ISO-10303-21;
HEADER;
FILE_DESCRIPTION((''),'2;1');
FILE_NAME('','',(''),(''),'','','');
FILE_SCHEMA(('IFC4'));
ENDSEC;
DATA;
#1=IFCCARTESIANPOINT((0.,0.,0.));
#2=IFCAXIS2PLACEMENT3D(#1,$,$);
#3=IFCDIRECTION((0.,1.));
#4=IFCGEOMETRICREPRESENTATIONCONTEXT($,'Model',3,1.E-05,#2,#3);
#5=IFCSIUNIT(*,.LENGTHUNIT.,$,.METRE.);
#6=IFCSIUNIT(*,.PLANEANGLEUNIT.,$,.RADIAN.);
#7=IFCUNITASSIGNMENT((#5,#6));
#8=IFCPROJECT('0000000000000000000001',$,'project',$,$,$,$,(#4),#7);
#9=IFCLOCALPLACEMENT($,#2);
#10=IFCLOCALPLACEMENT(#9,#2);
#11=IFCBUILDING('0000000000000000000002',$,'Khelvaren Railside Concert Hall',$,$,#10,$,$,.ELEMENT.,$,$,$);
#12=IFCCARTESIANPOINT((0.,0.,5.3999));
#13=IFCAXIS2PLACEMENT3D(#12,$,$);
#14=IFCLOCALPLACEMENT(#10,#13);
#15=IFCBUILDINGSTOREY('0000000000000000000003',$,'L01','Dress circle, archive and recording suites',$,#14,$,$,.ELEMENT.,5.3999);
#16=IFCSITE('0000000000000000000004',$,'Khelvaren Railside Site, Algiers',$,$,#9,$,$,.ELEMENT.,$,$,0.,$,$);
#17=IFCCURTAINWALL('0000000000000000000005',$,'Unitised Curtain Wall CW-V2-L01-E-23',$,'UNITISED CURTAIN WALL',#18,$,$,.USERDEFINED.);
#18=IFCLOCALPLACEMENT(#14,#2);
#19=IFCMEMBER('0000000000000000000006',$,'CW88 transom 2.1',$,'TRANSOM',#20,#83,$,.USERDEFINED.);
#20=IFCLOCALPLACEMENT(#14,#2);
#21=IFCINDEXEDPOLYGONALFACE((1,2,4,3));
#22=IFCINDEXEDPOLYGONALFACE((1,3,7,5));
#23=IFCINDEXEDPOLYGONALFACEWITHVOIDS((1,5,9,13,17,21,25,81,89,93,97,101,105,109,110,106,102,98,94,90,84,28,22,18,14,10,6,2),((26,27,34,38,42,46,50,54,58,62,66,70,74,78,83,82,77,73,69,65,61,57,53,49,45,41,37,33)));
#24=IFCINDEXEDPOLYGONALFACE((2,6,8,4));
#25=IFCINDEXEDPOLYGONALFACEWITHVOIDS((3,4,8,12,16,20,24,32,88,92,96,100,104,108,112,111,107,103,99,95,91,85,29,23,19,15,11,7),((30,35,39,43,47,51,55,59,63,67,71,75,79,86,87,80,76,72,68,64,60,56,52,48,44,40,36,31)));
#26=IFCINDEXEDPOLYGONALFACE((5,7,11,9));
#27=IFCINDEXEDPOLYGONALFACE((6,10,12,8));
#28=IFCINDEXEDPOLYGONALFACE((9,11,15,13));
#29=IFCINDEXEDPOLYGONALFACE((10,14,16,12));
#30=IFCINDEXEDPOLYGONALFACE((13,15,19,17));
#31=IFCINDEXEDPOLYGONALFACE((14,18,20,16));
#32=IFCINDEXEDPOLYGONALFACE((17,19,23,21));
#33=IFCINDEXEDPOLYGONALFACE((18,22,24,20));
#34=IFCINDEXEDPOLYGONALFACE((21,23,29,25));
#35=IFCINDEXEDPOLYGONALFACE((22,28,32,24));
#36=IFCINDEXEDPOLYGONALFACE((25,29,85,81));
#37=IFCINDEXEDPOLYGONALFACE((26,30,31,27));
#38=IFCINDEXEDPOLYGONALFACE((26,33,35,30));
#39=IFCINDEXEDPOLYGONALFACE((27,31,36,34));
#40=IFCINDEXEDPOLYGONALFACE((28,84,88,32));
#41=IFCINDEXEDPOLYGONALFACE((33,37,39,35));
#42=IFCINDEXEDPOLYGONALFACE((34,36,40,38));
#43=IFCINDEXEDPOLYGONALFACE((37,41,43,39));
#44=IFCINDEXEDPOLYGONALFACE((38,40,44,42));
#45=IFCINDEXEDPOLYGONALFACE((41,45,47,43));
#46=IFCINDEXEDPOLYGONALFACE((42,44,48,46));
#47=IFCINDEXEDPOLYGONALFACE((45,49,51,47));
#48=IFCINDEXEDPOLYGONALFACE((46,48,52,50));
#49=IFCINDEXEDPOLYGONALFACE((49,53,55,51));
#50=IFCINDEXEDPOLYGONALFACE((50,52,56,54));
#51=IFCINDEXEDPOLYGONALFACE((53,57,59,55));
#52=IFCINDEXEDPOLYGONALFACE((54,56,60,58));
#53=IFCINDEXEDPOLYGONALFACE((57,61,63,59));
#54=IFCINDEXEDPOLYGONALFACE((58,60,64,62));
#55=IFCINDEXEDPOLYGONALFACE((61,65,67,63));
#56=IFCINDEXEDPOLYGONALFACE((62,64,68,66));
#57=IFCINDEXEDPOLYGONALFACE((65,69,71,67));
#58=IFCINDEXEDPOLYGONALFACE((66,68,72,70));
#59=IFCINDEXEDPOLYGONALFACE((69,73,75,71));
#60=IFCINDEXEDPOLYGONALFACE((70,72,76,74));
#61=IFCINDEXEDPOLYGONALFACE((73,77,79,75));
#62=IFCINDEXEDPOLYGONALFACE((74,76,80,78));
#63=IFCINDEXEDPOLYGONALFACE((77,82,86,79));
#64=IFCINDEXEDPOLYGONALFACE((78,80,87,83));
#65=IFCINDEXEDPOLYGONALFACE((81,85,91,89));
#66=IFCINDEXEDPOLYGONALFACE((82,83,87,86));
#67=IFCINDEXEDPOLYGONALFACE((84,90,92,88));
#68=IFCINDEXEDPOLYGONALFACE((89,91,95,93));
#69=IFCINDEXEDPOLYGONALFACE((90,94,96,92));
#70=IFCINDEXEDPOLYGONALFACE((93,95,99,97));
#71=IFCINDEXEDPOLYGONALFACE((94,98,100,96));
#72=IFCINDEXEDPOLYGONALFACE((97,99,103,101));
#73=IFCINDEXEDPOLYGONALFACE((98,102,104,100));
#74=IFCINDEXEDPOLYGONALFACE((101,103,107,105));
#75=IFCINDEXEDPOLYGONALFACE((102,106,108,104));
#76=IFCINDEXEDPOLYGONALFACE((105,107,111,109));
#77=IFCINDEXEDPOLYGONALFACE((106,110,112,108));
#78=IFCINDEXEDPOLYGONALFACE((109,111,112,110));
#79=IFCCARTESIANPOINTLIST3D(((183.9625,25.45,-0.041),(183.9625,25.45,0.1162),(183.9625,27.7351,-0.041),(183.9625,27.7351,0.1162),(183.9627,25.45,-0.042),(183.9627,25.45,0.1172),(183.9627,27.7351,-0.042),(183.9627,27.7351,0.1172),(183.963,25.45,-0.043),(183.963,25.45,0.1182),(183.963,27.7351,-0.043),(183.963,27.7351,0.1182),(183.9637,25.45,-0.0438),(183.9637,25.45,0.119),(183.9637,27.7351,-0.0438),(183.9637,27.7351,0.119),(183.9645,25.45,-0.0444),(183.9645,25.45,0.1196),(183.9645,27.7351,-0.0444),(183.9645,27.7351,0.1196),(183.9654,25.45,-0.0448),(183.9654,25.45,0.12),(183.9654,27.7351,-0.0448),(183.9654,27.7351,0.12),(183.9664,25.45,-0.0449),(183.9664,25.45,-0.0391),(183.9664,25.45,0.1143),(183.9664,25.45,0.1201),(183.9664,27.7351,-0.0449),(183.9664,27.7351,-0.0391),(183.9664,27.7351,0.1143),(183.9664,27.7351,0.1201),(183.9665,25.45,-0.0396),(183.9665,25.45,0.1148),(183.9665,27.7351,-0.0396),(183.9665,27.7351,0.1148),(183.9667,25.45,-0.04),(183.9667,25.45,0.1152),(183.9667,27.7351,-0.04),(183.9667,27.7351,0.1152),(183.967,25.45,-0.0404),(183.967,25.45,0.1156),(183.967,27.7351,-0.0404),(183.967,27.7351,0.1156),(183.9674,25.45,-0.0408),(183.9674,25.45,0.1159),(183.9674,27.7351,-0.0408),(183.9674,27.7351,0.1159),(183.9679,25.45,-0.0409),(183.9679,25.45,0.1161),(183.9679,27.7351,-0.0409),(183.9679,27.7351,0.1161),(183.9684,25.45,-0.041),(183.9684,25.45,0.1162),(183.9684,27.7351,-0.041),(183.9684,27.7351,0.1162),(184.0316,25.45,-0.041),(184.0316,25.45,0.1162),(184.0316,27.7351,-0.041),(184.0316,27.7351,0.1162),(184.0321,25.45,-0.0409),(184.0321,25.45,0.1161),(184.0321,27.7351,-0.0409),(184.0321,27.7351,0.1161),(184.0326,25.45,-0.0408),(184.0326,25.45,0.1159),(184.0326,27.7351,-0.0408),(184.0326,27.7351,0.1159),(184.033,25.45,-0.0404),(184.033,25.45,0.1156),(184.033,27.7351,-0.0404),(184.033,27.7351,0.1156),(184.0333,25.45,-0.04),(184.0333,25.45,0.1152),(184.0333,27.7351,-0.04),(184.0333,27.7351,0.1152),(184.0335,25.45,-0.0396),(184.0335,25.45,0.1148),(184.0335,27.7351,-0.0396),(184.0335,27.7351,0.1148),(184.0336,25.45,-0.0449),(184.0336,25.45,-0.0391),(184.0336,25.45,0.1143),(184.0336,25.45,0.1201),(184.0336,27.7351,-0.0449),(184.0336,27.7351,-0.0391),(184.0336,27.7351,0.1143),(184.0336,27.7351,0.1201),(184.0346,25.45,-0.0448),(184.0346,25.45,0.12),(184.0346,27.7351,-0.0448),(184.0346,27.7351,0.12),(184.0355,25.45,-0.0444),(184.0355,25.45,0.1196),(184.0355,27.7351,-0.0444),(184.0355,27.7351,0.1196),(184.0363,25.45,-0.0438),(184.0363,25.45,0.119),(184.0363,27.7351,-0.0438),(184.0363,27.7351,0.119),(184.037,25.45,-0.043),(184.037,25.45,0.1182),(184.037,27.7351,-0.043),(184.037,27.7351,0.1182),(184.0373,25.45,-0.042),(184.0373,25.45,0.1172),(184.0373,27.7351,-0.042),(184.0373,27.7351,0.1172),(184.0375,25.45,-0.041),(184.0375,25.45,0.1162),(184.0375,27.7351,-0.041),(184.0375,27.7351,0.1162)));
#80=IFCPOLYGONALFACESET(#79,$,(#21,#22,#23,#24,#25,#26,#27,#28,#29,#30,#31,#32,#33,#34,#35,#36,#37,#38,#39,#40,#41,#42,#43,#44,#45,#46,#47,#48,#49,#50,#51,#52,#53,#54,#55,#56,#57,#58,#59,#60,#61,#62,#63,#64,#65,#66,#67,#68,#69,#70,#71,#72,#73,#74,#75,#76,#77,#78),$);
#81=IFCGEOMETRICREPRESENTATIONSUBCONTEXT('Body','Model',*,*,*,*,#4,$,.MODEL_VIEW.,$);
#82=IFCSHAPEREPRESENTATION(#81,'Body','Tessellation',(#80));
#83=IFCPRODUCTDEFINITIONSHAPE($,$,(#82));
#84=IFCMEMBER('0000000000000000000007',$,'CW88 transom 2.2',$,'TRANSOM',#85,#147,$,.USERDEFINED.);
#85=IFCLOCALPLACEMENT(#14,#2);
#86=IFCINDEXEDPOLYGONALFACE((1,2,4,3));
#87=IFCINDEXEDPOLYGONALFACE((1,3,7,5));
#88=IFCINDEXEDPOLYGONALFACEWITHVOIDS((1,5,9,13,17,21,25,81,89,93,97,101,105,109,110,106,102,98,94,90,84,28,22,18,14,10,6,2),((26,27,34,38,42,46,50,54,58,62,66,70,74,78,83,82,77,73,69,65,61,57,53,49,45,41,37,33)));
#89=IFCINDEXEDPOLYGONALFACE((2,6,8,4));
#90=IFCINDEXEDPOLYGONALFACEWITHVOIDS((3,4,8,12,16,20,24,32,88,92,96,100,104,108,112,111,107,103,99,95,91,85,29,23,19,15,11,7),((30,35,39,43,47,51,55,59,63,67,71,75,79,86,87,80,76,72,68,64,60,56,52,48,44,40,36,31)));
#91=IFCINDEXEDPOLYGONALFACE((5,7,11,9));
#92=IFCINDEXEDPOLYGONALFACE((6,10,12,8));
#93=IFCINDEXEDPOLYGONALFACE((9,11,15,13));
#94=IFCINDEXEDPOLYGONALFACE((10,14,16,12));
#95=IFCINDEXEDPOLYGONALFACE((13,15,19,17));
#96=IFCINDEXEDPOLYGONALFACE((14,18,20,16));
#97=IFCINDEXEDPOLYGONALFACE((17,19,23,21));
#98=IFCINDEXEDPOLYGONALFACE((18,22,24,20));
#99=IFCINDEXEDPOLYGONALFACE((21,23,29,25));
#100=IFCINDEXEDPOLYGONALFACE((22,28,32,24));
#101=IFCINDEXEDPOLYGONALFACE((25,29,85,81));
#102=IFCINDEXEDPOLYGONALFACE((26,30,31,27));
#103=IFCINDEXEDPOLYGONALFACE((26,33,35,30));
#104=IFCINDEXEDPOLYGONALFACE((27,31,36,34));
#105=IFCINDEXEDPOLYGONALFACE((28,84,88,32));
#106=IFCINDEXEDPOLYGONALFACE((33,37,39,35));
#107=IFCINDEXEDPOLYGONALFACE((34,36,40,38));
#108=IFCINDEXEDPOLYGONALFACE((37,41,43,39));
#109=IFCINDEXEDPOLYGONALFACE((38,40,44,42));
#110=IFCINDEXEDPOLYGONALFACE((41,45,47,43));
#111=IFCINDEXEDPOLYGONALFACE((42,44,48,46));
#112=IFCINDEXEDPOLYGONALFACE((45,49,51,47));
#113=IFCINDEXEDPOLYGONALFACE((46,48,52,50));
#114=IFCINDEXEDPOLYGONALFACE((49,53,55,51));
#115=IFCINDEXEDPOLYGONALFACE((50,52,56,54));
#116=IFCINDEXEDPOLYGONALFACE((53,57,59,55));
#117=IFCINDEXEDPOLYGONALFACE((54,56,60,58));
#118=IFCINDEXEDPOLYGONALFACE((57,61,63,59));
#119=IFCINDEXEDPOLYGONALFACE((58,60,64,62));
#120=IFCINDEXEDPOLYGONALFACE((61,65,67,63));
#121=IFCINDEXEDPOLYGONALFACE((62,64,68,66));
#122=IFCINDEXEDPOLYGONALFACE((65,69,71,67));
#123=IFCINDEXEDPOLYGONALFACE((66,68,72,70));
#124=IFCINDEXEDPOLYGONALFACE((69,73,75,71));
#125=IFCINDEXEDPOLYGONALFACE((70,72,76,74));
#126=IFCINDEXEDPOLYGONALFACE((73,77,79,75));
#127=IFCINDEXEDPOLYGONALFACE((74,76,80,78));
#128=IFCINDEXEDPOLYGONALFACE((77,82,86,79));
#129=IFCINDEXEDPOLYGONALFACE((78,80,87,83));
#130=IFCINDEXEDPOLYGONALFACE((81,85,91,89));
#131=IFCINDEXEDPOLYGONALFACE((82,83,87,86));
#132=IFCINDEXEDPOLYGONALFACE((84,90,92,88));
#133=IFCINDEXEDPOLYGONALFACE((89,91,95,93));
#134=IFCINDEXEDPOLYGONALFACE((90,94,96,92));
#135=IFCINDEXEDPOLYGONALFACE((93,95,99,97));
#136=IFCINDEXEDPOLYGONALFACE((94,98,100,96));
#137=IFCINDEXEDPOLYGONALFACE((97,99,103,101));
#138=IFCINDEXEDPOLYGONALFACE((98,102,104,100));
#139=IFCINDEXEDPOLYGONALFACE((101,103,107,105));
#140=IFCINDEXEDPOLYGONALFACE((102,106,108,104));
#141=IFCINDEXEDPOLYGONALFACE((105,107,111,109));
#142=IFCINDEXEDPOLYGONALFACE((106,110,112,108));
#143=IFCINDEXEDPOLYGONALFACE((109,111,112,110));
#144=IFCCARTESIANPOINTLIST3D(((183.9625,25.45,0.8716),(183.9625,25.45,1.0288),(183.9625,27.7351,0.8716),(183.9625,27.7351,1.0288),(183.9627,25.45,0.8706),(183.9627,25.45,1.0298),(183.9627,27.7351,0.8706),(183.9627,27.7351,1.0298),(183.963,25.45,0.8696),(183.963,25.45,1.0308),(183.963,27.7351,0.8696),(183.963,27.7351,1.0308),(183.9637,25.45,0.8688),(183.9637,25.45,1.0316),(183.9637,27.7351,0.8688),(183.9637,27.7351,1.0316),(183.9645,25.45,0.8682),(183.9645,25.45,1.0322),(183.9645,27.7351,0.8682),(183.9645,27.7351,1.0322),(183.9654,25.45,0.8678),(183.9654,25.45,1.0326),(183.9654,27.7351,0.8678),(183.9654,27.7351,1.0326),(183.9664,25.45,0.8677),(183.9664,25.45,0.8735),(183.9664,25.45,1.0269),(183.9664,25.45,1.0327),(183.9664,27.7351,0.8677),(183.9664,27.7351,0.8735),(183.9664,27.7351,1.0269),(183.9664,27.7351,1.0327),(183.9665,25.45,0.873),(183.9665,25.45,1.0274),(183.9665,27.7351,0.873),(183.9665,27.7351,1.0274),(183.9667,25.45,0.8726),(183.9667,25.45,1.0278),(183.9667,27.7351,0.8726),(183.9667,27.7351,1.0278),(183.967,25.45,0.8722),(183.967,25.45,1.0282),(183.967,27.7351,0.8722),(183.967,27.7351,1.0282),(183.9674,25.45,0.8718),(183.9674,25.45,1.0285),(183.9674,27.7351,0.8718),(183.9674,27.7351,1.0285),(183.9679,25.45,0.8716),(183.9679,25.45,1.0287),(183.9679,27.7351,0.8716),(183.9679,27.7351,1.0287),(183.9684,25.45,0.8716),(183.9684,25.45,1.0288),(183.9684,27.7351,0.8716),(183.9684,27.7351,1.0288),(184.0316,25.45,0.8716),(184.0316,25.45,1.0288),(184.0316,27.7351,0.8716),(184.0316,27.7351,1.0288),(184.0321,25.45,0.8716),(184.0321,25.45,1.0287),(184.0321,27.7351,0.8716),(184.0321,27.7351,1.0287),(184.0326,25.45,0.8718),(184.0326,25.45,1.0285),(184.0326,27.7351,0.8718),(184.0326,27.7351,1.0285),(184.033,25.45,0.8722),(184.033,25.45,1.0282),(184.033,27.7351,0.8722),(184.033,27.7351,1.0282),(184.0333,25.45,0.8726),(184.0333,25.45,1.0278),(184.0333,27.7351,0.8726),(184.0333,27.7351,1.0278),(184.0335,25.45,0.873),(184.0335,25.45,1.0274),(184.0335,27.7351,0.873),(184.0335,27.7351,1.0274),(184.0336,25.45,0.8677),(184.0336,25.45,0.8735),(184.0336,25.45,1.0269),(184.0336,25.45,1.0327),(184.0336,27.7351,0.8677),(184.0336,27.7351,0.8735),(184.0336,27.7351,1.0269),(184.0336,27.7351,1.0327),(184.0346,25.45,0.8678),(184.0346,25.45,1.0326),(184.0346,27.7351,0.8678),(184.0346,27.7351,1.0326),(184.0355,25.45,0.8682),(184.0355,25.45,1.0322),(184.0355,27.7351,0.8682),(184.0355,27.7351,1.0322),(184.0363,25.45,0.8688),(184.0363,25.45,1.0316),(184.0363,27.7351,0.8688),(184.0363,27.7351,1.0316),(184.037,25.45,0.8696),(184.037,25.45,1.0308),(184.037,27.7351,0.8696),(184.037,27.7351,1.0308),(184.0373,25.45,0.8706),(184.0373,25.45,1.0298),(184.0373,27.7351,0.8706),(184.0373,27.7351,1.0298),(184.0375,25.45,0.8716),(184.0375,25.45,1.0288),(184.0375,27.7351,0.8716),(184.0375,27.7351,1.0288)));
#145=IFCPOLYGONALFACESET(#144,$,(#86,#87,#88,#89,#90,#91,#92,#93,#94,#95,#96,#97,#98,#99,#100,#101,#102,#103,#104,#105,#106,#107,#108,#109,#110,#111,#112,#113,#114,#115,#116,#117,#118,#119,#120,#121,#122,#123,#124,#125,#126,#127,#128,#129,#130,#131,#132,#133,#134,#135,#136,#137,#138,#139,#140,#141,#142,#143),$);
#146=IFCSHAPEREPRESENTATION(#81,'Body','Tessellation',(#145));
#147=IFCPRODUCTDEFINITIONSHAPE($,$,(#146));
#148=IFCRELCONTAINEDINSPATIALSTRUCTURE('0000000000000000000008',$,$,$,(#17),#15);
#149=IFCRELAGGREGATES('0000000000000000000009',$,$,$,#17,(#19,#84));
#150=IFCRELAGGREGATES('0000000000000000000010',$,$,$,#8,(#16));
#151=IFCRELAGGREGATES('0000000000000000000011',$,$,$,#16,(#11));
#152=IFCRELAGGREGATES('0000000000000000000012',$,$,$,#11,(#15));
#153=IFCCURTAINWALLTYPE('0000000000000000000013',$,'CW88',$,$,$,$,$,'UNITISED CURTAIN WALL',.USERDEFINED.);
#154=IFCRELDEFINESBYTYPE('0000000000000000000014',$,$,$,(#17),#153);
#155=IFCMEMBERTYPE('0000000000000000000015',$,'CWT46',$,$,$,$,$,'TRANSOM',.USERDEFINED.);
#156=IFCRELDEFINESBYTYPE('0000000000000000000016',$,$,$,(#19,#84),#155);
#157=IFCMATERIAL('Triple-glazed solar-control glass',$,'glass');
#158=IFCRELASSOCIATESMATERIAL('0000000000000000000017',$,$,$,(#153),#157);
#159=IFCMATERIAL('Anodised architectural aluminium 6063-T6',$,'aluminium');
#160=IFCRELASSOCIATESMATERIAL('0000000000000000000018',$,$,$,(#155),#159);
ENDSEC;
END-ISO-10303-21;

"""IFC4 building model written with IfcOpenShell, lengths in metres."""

from ifc_helpers import new_model, si_unit, direction, frame, origin, origin_2d, place, context, subcontext, project, spatial, hollow_rectangle, extrude, material, material_profile, profile_set, type_object, element, aggregate, save


model = new_model("IFC4")

# Units and contexts
model_context = context("Model", 3, precision=1e-05, world=origin(), true_north=direction((0.0, 1.0)))
body_context = subcontext(model_context, "Body", "Model", "MODEL_VIEW")
ifc_project = project(units=[si_unit("LENGTHUNIT", "METRE"), si_unit("PLANEANGLEUNIT", "RADIAN")], contexts=[model_context])

# Site, building, storey
site_placement = place(None, origin())
site = spatial("IfcSite", under=ifc_project, at=site_placement, Name="Khelvaren Railside Site, Algiers", CompositionType="ELEMENT", RefElevation=0.0)
building_placement = place(site_placement, origin())
building = spatial("IfcBuilding", under=site, at=building_placement, Name="Khelvaren Railside Concert Hall", CompositionType="ELEMENT")
storey_placement = place(building_placement, frame((0.0, 0.0, 5.3999)))
storey = spatial("IfcBuildingStorey", under=building, at=storey_placement, Name="L01", Description="Dress circle, archive and recording suites", CompositionType="ELEMENT", Elevation=5.3999)

# Curtain wall, members
ifc_material_1 = material(Name="Triple-glazed solar-control glass", Category="glass")
curtain_wall_type = type_object("IfcCurtainWallType", Name="CW88", ElementType="UNITISED CURTAIN WALL", PredefinedType="USERDEFINED", material=ifc_material_1)
curtain_wall_placement = place(storey_placement, origin())
curtain_wall = element("IfcCurtainWall", 1, at=curtain_wall_placement, inside=storey, type_object=curtain_wall_type, Name="Unitised Curtain Wall CW-V2-L01-E-23", ObjectType="UNITISED CURTAIN WALL", PredefinedType="USERDEFINED")
ifc_material_2 = material(Name="Anodised architectural aluminium 6063-T6", Category="aluminium")
ifc_material_profile_1 = material_profile(ifc_material_2, hollow_rectangle(XDim=0.075, YDim=0.165, WallThickness=0.0039, InnerFilletRadius=0.002, OuterFilletRadius=0.0039, at=origin_2d()), Name="CWT 75x165x4")
ifc_profile_set_1 = profile_set([ifc_material_profile_1], Name="Anodised architectural aluminium 6063-T6")
member_type_1 = type_object("IfcMemberType", Name="CWT46", ElementType="TRANSOM", PredefinedType="USERDEFINED", material=ifc_profile_set_1)
member_1_placement = place(storey_placement, frame((184.0, 27.7351, 0.0376), z_axis=(0.0, -1.0, 0.0), x_axis=(1.0, 0.0, 0.0)))
member_1 = element("IfcMember", 2, at=member_1_placement, type_object=member_type_1, Name="CW88 transom 2.1", ObjectType="TRANSOM", PredefinedType="USERDEFINED", context=body_context, shape_type="SweptSolid", body=[
    extrude(hollow_rectangle(XDim=0.075, YDim=0.165, WallThickness=0.0039, InnerFilletRadius=0.002, OuterFilletRadius=0.0039, at=origin_2d()), origin(), (0.0, 0.0, 1.0), 2.2852),
])
member_2_placement = place(storey_placement, frame((184.0, 27.7351, 0.9502), z_axis=(0.0, -1.0, 0.0), x_axis=(1.0, 0.0, 0.0)))
member_2 = element("IfcMember", 3, at=member_2_placement, type_object=member_type_1, Name="CW88 transom 2.2", ObjectType="TRANSOM", PredefinedType="USERDEFINED", context=body_context, shape_type="SweptSolid", body=[
    extrude(hollow_rectangle(XDim=0.075, YDim=0.165, WallThickness=0.0039, InnerFilletRadius=0.002, OuterFilletRadius=0.0039, at=origin_2d()), origin(), (0.0, 0.0, 1.0), 2.2852),
])
aggregate(curtain_wall, [member_1, member_2])

save(model, "model.ifc")
